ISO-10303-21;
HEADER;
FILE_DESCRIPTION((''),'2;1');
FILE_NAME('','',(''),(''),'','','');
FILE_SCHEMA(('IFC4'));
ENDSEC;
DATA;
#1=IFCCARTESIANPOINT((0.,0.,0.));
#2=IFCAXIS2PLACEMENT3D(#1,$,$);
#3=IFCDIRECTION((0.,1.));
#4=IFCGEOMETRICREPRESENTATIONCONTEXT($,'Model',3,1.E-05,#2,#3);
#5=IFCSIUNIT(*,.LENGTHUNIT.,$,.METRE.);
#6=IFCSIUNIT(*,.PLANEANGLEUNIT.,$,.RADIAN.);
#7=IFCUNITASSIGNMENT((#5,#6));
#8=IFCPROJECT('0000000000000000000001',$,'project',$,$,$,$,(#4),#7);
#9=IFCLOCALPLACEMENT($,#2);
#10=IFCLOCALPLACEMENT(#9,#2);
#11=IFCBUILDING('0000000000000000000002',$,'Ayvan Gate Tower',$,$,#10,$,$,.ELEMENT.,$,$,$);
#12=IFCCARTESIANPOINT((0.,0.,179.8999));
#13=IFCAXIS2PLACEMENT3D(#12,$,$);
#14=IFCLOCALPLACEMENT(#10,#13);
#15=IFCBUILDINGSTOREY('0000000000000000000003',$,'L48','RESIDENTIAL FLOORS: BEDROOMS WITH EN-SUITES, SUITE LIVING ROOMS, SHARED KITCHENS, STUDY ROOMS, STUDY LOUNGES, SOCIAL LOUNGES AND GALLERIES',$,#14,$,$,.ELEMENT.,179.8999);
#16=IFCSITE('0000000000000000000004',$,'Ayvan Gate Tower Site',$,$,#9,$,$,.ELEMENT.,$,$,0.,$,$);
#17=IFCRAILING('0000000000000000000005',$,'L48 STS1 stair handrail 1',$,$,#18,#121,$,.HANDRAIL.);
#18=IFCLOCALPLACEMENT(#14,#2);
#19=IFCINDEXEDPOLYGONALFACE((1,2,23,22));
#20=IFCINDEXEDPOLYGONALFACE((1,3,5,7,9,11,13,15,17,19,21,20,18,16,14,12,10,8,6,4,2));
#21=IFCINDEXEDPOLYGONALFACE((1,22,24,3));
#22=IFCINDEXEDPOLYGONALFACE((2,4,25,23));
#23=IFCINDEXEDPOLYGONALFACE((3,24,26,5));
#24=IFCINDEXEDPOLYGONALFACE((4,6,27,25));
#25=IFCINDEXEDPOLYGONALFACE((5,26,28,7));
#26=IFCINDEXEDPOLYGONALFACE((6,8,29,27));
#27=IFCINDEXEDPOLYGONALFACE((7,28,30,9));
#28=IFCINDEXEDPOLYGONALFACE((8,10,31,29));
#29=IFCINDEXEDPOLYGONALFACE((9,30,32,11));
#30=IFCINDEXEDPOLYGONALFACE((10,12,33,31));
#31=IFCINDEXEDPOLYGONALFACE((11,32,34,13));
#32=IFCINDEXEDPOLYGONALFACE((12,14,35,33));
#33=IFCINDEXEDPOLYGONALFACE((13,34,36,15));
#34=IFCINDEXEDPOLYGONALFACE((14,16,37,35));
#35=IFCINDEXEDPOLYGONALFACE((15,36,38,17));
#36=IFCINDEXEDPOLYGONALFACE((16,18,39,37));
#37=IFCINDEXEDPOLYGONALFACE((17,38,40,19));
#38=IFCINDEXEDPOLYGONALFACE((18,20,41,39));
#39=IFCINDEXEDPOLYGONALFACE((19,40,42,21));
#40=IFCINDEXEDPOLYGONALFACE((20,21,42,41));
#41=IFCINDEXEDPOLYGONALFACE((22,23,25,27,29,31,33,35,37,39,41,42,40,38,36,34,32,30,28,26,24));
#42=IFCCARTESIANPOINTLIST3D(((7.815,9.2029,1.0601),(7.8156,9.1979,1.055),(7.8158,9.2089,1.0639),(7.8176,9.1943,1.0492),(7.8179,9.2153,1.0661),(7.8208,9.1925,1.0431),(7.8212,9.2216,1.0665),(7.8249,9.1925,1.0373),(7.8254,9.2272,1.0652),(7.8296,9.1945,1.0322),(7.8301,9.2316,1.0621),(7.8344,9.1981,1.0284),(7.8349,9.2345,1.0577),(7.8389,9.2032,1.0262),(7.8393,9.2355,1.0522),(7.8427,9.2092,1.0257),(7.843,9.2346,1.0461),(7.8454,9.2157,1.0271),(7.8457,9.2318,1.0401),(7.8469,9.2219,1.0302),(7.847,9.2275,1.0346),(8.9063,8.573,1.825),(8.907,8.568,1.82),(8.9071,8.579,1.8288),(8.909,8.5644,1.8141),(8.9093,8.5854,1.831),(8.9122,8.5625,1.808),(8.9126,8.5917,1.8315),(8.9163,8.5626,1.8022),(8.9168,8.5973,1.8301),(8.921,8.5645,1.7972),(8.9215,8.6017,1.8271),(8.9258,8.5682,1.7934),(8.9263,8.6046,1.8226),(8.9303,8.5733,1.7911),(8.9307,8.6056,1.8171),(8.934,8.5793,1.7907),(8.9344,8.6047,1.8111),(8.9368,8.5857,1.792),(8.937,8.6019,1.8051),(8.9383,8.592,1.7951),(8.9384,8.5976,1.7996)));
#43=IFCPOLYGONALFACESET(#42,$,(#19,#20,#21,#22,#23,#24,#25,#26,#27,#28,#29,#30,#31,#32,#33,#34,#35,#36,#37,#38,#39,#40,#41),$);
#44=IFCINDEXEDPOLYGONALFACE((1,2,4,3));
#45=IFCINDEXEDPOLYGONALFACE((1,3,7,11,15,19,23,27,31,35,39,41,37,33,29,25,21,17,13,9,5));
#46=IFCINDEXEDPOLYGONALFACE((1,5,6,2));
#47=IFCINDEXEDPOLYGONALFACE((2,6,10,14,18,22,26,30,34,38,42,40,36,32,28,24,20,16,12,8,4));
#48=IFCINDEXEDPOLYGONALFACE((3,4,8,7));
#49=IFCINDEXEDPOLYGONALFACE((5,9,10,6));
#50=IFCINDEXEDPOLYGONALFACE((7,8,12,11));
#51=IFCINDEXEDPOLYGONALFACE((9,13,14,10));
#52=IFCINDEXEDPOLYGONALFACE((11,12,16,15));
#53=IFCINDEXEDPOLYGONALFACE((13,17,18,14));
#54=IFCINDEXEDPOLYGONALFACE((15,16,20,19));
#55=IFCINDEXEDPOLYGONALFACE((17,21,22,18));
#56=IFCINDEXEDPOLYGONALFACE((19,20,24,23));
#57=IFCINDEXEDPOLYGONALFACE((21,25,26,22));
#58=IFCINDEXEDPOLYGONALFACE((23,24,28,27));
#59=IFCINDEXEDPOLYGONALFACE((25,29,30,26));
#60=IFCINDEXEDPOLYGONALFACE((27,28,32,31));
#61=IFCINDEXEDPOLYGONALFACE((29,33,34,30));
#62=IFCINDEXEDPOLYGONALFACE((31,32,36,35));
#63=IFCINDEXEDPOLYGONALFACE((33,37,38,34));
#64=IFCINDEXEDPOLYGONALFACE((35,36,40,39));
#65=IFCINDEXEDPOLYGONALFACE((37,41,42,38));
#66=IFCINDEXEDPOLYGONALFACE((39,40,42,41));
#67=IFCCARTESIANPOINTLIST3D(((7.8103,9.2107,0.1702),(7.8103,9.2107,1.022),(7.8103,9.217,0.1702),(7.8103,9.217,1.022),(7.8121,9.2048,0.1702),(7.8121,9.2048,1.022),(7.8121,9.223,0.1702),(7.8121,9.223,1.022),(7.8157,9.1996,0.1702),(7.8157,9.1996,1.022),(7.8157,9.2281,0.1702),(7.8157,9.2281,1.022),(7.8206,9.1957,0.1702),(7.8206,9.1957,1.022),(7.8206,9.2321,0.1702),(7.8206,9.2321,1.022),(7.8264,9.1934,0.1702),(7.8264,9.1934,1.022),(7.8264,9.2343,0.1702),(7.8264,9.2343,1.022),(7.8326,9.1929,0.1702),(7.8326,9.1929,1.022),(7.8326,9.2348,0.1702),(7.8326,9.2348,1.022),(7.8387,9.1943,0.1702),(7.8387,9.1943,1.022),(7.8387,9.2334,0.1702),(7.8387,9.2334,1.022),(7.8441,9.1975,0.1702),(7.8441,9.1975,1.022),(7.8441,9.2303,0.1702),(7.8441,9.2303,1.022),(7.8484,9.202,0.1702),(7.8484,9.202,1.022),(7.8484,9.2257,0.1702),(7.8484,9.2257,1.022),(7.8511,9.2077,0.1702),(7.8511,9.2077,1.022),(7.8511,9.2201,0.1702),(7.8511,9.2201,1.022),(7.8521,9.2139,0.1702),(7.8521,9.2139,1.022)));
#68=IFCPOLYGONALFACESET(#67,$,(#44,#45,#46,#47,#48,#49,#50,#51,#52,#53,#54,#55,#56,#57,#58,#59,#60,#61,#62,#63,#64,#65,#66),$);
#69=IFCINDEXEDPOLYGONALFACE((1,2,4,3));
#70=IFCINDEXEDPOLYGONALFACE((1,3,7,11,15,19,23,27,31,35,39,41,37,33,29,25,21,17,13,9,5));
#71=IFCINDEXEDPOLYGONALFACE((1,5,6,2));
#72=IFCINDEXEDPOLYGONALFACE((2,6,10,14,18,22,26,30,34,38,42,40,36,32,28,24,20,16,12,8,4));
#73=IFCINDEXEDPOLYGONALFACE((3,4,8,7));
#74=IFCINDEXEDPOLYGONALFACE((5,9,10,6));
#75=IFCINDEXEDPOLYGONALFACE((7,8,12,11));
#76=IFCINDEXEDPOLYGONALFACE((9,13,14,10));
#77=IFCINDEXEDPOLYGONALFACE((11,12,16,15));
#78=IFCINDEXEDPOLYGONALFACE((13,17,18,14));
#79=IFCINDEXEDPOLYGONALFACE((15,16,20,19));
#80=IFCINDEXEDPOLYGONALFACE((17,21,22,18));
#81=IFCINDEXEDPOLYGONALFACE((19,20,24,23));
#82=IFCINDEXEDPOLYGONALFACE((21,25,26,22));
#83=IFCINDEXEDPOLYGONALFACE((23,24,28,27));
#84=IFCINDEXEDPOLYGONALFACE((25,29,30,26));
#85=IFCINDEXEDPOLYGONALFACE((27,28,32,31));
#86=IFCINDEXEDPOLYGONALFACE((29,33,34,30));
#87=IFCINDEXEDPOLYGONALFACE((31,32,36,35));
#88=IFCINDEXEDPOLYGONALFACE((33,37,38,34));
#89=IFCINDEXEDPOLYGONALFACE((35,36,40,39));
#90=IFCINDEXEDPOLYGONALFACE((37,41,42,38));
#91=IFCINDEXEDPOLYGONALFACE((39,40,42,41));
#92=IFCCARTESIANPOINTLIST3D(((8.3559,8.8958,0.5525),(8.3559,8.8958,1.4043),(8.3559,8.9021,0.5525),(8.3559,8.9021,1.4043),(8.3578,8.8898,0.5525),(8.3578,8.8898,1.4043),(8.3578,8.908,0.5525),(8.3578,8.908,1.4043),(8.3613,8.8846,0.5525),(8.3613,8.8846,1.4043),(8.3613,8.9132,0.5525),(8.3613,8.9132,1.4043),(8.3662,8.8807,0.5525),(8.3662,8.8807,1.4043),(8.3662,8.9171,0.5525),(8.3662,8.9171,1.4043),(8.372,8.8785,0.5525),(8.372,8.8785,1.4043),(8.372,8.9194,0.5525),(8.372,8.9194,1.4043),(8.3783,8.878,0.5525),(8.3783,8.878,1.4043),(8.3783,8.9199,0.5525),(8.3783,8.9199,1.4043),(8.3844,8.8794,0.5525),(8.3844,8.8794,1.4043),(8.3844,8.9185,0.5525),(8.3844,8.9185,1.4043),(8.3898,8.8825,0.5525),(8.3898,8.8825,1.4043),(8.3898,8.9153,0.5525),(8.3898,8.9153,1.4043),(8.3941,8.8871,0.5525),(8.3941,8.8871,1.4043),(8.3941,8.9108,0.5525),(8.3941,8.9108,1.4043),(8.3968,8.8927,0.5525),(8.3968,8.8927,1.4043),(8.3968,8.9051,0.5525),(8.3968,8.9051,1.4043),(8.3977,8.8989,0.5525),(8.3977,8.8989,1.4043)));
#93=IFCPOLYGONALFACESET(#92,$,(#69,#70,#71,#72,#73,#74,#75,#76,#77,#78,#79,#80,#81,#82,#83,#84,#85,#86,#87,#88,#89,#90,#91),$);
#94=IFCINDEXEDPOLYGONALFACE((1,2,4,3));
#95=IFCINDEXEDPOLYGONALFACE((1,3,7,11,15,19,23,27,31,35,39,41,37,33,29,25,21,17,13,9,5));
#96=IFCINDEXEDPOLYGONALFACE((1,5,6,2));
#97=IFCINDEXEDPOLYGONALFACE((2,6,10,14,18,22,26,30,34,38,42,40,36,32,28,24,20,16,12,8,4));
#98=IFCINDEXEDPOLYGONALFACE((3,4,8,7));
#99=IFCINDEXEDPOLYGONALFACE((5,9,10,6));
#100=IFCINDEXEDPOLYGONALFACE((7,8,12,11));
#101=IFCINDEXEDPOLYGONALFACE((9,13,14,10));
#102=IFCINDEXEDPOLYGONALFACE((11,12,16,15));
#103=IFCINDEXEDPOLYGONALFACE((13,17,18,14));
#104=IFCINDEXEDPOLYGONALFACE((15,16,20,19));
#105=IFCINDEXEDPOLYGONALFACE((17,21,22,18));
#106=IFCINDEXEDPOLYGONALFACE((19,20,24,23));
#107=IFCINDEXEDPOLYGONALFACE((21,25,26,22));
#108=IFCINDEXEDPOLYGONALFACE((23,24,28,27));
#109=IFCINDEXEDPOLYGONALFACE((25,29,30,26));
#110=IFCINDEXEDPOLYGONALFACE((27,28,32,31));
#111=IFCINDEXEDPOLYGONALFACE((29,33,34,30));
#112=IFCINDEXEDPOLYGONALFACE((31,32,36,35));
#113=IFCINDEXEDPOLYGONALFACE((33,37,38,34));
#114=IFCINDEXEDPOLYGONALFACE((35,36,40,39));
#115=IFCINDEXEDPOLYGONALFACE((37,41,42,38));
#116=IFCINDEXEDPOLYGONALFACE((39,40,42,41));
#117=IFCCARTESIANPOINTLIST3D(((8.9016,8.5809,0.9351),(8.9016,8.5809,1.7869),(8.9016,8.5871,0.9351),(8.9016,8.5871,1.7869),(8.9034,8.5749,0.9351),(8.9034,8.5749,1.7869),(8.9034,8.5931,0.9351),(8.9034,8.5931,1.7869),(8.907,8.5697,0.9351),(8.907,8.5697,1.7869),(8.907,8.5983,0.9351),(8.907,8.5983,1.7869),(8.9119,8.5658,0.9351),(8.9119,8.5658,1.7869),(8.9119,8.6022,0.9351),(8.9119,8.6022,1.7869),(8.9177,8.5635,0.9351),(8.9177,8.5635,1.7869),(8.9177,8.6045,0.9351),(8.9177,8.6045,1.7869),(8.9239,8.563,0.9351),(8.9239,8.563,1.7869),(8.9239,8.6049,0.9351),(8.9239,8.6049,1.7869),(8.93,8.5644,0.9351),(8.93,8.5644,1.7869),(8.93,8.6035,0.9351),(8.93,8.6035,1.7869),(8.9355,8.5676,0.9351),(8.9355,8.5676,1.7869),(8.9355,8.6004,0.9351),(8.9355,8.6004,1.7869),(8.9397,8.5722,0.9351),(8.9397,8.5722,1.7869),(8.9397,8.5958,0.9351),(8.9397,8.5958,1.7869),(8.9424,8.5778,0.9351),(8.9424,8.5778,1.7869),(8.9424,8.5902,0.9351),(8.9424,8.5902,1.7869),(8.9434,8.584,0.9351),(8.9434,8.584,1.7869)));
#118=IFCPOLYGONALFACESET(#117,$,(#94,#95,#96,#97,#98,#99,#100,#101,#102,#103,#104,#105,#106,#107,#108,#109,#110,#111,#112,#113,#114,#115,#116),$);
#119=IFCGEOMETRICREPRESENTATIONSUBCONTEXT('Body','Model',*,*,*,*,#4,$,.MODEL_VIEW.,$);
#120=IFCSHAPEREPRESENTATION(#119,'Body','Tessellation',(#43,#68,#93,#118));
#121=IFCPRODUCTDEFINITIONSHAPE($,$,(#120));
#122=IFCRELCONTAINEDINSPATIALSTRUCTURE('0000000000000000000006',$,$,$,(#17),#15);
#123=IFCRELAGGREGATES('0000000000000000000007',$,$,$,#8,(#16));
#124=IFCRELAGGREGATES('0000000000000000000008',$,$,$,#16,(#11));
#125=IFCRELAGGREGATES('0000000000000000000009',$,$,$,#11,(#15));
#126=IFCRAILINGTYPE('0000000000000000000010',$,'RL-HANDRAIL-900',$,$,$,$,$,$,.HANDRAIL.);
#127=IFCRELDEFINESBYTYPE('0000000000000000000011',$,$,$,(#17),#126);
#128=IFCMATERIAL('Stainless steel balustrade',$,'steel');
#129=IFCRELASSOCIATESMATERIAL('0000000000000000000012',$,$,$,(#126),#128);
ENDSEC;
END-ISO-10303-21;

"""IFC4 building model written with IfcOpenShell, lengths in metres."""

from ifc_helpers import new_model, si_unit, direction, frame, origin, origin_2d, place, context, subcontext, project, spatial, circle, extrude, material, type_object, element, save


model = new_model("IFC4")

# Units and contexts
model_context = context("Model", 3, precision=1e-05, world=origin(), true_north=direction((0.0, 1.0)))
body_context = subcontext(model_context, "Body", "Model", "MODEL_VIEW")
ifc_project = project(units=[si_unit("LENGTHUNIT", "METRE"), si_unit("PLANEANGLEUNIT", "RADIAN")], contexts=[model_context])

# Site, building, storey
site_placement = place(None, origin())
site = spatial("IfcSite", under=ifc_project, at=site_placement, Name="Ayvan Gate Tower Site", CompositionType="ELEMENT", RefElevation=0.0)
building_placement = place(site_placement, origin())
building = spatial("IfcBuilding", under=site, at=building_placement, Name="Ayvan Gate Tower", CompositionType="ELEMENT")
storey_placement = place(building_placement, frame((0.0, 0.0, 179.8999)))
storey = spatial("IfcBuildingStorey", under=building, at=storey_placement, Name="L48", Description="RESIDENTIAL FLOORS: BEDROOMS WITH EN-SUITES, SUITE LIVING ROOMS, SHARED KITCHENS, STUDY ROOMS, STUDY LOUNGES, SOCIAL LOUNGES AND GALLERIES", CompositionType="ELEMENT", Elevation=179.8999)

# Railing
ifc_material_1 = material(Name="Stainless steel balustrade", Category="steel")
railing_type_1 = type_object("IfcRailingType", Name="RL-HANDRAIL-900", PredefinedType="HANDRAIL", material=ifc_material_1)
railing_1_placement = place(storey_placement, frame((7.8311, 9.2139, 0.1702)))
element("IfcRailing", 1, at=railing_1_placement, inside=storey, type_object=railing_type_1, Name="L48 STS1 stair handrail 1", PredefinedType="HANDRAIL", context=body_context, shape_type="SweptSolid", body=[
    extrude(circle(Radius=0.0239, at=origin_2d()), frame((0.0, 0.0, 0.876), z_axis=(0.740357, -0.42732, 0.518912), x_axis=(0.49989, 0.866089, 0.0)), (0.0, 0.0, 1.0), 1.4741),
    extrude(circle(Radius=0.021, at=origin_2d()), origin(), (0.0, 0.0, 1.0), 0.8518),
    extrude(circle(Radius=0.021, at=origin_2d()), frame((0.5457, -0.3149, 0.3823)), (0.0, 0.0, 1.0), 0.8518),
    extrude(circle(Radius=0.021, at=origin_2d()), frame((1.0913, -0.6299, 0.7649)), (0.0, 0.0, 1.0), 0.8518),
])

save(model, "model.ifc")
